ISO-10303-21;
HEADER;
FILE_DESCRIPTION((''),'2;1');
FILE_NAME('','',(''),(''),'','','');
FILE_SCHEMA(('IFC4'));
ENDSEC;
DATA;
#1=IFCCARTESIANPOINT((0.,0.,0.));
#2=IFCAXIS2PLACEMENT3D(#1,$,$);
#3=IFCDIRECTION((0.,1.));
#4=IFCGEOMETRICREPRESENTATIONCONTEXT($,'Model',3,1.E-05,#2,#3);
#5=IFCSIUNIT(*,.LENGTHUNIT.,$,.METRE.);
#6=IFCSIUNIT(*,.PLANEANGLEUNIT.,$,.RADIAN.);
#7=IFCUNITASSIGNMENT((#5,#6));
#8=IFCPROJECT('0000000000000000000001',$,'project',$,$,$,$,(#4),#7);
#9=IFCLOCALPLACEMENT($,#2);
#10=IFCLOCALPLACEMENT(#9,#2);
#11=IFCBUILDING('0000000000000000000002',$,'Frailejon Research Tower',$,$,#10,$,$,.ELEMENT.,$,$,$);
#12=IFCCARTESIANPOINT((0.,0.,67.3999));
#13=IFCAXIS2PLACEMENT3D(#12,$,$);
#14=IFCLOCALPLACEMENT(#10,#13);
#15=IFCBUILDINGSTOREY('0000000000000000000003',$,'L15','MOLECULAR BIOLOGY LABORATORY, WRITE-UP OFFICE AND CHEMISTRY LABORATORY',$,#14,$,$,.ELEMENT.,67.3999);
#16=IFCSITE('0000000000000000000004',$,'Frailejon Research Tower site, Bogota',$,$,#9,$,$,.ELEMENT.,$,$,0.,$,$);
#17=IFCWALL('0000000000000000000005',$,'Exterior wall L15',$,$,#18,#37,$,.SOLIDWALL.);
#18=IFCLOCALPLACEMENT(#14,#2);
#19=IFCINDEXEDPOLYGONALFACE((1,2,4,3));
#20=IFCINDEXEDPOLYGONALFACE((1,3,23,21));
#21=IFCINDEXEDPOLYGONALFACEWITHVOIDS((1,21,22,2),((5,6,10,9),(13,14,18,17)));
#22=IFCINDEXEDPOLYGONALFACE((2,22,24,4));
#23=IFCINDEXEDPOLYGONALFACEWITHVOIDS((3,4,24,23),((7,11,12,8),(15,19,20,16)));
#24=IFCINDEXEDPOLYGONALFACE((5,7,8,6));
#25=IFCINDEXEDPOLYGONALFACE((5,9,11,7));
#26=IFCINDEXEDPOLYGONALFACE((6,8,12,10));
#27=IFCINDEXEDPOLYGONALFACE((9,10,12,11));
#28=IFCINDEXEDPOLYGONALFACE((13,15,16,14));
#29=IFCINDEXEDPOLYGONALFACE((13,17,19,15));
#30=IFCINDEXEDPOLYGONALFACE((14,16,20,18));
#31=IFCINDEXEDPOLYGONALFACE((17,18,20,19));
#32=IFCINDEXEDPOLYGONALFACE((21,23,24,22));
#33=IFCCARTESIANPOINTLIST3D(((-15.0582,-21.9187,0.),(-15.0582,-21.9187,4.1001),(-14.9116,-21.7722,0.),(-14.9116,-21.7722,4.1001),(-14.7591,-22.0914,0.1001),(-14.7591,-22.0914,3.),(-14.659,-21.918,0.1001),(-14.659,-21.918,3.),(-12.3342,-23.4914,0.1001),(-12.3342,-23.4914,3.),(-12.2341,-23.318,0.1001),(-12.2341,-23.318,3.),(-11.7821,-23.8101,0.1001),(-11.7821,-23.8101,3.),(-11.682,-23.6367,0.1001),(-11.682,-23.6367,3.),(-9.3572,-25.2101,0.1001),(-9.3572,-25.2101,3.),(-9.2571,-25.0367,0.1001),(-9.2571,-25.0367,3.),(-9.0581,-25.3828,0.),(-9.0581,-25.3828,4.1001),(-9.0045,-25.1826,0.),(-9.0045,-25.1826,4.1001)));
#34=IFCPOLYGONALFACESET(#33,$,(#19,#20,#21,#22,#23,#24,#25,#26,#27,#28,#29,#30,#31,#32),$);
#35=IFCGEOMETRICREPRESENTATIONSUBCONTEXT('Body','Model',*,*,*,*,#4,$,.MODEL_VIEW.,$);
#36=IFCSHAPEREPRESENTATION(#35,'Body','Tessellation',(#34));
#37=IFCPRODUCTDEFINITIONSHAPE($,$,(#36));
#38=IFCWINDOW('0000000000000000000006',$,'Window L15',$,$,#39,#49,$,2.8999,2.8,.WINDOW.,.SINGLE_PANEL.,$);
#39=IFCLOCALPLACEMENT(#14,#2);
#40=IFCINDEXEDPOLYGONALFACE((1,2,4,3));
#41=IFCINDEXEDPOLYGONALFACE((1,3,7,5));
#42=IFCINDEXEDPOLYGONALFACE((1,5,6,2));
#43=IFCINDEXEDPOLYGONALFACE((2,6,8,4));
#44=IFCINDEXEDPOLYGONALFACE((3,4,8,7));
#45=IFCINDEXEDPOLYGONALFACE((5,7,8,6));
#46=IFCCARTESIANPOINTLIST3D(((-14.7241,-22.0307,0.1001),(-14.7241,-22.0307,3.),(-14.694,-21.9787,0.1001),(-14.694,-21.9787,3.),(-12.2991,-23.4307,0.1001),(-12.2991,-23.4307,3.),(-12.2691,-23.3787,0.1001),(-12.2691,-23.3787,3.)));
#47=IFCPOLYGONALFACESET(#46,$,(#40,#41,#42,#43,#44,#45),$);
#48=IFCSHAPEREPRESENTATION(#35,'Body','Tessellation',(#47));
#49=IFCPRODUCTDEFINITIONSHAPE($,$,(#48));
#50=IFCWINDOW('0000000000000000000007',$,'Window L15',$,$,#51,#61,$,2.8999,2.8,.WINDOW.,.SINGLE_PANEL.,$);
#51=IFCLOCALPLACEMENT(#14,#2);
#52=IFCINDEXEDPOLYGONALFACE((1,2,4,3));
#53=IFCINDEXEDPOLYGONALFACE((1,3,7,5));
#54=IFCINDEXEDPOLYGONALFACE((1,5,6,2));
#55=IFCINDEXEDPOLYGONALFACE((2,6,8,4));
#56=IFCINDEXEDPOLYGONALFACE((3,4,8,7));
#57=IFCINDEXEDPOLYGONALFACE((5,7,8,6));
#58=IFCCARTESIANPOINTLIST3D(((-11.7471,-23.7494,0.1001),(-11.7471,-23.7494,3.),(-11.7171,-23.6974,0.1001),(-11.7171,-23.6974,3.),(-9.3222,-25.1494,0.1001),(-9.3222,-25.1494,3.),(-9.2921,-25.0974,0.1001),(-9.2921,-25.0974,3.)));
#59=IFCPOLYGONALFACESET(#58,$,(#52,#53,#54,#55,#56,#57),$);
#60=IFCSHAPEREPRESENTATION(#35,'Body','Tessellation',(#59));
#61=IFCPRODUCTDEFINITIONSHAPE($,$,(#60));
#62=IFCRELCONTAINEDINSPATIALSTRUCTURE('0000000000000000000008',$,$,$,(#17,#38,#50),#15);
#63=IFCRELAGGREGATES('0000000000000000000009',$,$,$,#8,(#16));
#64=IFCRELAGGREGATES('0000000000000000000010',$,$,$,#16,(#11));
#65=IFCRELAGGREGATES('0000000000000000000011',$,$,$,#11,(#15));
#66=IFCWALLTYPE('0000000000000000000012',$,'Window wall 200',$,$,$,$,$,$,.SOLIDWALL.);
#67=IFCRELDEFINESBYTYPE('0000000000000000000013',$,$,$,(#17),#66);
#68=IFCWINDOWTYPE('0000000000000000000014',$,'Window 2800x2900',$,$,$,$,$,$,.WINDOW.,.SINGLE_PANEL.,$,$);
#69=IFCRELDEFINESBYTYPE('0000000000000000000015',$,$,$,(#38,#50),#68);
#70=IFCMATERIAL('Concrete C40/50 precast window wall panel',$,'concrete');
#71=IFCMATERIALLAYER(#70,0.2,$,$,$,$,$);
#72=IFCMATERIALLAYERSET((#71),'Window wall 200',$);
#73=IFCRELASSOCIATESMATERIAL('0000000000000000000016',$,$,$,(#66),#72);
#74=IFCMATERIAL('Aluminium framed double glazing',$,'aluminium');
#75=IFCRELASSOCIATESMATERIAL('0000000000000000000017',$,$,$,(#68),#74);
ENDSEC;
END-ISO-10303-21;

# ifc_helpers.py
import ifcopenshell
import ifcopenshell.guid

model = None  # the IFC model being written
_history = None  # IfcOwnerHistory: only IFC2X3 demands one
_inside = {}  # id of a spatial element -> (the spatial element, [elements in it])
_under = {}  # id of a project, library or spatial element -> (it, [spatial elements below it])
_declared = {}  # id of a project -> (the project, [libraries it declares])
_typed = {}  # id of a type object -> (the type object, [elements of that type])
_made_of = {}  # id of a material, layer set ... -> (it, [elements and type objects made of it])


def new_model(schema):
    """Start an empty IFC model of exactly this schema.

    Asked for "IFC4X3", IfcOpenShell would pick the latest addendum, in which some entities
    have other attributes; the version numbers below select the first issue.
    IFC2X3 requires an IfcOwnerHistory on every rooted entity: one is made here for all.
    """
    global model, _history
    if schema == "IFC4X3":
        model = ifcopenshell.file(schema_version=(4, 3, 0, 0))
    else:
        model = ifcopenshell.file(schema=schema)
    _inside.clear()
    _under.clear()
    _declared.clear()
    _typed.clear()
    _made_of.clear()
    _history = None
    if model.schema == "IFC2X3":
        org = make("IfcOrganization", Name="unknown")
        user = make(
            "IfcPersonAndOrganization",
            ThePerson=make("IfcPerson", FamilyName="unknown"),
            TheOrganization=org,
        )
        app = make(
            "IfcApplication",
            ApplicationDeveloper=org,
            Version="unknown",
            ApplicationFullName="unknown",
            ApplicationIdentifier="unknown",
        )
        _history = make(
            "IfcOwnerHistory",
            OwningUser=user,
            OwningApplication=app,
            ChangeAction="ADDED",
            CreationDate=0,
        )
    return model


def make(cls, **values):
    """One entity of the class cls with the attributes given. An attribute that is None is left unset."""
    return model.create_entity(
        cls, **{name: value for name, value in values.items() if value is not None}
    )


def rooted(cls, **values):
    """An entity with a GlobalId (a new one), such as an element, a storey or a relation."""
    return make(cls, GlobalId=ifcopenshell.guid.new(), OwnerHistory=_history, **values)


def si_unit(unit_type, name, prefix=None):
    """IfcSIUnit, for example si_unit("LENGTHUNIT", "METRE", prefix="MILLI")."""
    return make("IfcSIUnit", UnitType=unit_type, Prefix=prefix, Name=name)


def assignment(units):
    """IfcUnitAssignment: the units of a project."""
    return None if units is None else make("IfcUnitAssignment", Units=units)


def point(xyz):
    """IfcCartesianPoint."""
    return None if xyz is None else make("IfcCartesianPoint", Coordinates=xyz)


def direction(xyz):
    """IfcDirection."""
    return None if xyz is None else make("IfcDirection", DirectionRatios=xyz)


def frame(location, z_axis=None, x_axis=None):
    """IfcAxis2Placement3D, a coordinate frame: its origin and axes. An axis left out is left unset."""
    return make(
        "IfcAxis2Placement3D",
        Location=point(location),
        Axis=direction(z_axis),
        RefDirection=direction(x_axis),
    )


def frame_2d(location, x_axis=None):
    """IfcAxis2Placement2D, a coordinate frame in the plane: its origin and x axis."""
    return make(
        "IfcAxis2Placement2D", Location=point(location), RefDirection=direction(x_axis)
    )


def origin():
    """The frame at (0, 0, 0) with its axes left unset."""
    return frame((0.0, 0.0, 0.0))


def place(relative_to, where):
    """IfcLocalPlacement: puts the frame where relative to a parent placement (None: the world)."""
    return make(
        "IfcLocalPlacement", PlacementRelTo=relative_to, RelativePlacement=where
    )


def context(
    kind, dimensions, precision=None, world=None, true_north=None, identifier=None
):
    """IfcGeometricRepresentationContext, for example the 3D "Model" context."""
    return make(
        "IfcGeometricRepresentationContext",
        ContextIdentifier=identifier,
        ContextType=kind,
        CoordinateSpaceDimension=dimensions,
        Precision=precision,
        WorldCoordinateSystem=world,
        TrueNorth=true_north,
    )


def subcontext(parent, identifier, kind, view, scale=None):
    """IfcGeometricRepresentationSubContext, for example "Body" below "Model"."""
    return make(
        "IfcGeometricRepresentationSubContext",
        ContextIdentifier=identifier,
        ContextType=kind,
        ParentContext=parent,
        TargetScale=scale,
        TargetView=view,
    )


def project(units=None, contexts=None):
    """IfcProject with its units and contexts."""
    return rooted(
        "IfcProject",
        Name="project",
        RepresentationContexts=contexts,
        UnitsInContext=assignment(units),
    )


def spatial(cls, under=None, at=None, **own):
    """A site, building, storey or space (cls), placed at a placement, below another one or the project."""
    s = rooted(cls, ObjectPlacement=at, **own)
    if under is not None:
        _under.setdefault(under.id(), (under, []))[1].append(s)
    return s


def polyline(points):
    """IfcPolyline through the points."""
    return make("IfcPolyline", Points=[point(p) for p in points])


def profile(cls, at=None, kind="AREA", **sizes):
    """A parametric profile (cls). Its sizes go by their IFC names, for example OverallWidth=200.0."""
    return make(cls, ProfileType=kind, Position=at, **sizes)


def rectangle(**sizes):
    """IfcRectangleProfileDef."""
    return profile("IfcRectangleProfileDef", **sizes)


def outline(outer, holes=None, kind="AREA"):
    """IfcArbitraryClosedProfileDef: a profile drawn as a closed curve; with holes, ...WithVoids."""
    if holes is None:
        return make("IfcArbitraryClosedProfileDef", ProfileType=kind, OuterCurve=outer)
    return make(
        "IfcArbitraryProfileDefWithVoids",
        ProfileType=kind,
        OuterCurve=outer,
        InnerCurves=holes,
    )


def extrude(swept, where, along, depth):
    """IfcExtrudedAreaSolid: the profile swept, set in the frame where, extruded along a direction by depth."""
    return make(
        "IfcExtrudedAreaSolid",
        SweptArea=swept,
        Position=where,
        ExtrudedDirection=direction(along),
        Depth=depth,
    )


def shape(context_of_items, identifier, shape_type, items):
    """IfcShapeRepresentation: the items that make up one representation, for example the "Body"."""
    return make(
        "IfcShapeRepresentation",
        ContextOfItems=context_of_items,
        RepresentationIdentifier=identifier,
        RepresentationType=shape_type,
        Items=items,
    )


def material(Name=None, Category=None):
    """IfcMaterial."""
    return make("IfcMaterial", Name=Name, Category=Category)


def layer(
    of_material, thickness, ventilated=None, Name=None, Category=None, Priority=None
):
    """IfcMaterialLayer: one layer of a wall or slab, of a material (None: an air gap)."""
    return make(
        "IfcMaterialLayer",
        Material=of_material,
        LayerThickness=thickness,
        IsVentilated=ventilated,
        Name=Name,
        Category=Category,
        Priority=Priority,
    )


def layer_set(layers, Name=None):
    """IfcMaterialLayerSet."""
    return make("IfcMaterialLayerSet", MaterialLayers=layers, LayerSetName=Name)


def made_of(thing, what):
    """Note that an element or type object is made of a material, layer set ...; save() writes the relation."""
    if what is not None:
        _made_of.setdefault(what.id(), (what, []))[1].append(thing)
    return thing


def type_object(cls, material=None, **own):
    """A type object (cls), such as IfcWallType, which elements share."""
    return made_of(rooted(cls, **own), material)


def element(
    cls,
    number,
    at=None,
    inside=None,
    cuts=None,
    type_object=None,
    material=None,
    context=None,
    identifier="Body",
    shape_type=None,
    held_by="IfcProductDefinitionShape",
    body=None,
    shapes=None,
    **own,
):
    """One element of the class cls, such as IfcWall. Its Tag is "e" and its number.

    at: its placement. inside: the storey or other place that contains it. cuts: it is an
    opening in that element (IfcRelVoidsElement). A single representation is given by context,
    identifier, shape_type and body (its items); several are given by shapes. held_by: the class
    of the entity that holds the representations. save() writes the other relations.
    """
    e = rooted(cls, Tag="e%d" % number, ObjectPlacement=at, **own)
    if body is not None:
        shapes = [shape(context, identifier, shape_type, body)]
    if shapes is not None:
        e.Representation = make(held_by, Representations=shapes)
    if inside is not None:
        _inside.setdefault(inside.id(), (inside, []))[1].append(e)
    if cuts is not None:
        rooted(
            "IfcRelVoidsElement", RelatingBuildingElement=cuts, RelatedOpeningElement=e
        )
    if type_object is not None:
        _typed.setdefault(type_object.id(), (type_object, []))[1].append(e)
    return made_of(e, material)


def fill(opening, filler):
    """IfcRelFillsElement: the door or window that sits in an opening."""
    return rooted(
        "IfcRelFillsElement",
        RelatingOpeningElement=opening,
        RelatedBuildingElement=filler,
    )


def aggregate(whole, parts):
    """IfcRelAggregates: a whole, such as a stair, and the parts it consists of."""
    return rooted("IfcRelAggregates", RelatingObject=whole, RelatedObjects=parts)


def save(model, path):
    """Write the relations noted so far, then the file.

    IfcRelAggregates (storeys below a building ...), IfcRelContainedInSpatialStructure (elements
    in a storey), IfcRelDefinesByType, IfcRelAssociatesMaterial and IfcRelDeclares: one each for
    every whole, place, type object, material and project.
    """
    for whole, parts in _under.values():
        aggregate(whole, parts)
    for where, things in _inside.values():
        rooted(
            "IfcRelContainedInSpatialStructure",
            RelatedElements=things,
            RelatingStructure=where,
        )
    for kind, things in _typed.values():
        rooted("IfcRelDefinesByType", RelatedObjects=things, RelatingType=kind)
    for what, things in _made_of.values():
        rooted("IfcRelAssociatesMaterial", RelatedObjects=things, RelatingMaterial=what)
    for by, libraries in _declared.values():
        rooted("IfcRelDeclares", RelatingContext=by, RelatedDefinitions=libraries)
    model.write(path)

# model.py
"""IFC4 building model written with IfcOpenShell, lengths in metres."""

from ifc_helpers import new_model, si_unit, direction, frame, frame_2d, origin, place, context, subcontext, project, spatial, polyline, rectangle, outline, extrude, material, layer, layer_set, type_object, element, fill, save


model = new_model("IFC4")

# Units and contexts
model_context = context("Model", 3, precision=1e-05, world=origin(), true_north=direction((0.0, 1.0)))
body_context = subcontext(model_context, "Body", "Model", "MODEL_VIEW")
ifc_project = project(units=[si_unit("LENGTHUNIT", "METRE"), si_unit("PLANEANGLEUNIT", "RADIAN")], contexts=[model_context])

# Site, building, storey
site_placement = place(None, origin())
site = spatial("IfcSite", under=ifc_project, at=site_placement, Name="Frailejon Research Tower site, Bogota", CompositionType="ELEMENT", RefElevation=0.0)
building_placement = place(site_placement, origin())
building = spatial("IfcBuilding", under=site, at=building_placement, Name="Frailejon Research Tower", CompositionType="ELEMENT")
storey_placement = place(building_placement, frame((0.0, 0.0, 67.3999)))
storey = spatial("IfcBuildingStorey", under=building, at=storey_placement, Name="L15", Description="MOLECULAR BIOLOGY LABORATORY, WRITE-UP OFFICE AND CHEMISTRY LABORATORY", CompositionType="ELEMENT", Elevation=67.3999)

# Wall, openings, windows
ifc_material_1 = material(Name="Concrete C40/50 precast window wall panel", Category="concrete")
ifc_layer_1 = layer(ifc_material_1, 0.2)
ifc_layer_set_1 = layer_set([ifc_layer_1], Name="Window wall 200")
wall_type_1 = type_object("IfcWallType", Name="Window wall 200", PredefinedType="SOLIDWALL", material=ifc_layer_set_1)
wall_1_placement = place(storey_placement, frame((-14.9849, -21.8455, 0.0), z_axis=(0.0, 0.0, 1.0), x_axis=(0.866029, -0.499993, 0.0)))
wall_1 = element("IfcWall", 1, at=wall_1_placement, inside=storey, type_object=wall_type_1, Name="Exterior wall L15", PredefinedType="SOLIDWALL", context=body_context, shape_type="SweptSolid", body=[
    extrude(outline(polyline([(-0.0269, -0.1001), (1.1279, -0.1001), (2.2825, -0.1001), (3.4373, -0.1001), (4.592, -0.1001), (5.7466, -0.1001), (6.9014, -0.1001), (6.8477, 0.1001), (5.7109, 0.1001), (4.574, 0.1001), (3.4373, 0.1001), (2.3005, 0.1001), (1.1636, 0.1001), (0.0269, 0.1001), (-0.0269, -0.1001)])), origin(), (0.0, 0.0, 1.0), 4.1001),
])
opening_1_placement = place(wall_1_placement, frame((0.3186, 0.0, 0.1001)))
opening_1 = element("IfcOpeningElement", 2, at=opening_1_placement, cuts=wall_1, PredefinedType="OPENING", context=body_context, shape_type="SweptSolid", body=[
    extrude(rectangle(XDim=2.8, YDim=2.8999, at=frame_2d((1.3999, 1.45))), frame((0.0, 0.1099, 0.0), z_axis=(0.0, -1.0, 0.0), x_axis=(1.0, 0.0, 0.0)), (0.0, 0.0, 1.0), 0.22),
])
opening_2_placement = place(wall_1_placement, frame((3.7561, 0.0, 0.1001)))
opening_2 = element("IfcOpeningElement", 3, at=opening_2_placement, cuts=wall_1, PredefinedType="OPENING", context=body_context, shape_type="SweptSolid", body=[
    extrude(rectangle(XDim=2.8, YDim=2.8999, at=frame_2d((1.3999, 1.45))), frame((0.0, 0.1099, 0.0), z_axis=(0.0, -1.0, 0.0), x_axis=(1.0, 0.0, 0.0)), (0.0, 0.0, 1.0), 0.22),
])
ifc_material_2 = material(Name="Aluminium framed double glazing", Category="aluminium")
window_type = type_object("IfcWindowType", Name="Window 2800x2900", PartitioningType="SINGLE_PANEL", PredefinedType="WINDOW", material=ifc_material_2)
window_1_placement = place(opening_1_placement, origin())
window_1 = element("IfcWindow", 4, at=window_1_placement, inside=storey, type_object=window_type, Name="Window L15", OverallHeight=2.8999, OverallWidth=2.8, PartitioningType="SINGLE_PANEL", PredefinedType="WINDOW", context=body_context, shape_type="SweptSolid", body=[
    extrude(rectangle(XDim=2.8, YDim=2.8999, at=frame_2d((1.3999, 1.45))), frame((0.0, 0.03, 0.0), z_axis=(0.0, -1.0, 0.0), x_axis=(1.0, 0.0, 0.0)), (0.0, 0.0, 1.0), 0.0601),
])
fill(opening_1, window_1)
window_2_placement = place(opening_2_placement, origin())
window_2 = element("IfcWindow", 5, at=window_2_placement, inside=storey, type_object=window_type, Name="Window L15", OverallHeight=2.8999, OverallWidth=2.8, PartitioningType="SINGLE_PANEL", PredefinedType="WINDOW", context=body_context, shape_type="SweptSolid", body=[
    extrude(rectangle(XDim=2.8, YDim=2.8999, at=frame_2d((1.3999, 1.45))), frame((0.0, 0.03, 0.0), z_axis=(0.0, -1.0, 0.0), x_axis=(1.0, 0.0, 0.0)), (0.0, 0.0, 1.0), 0.0601),
])
fill(opening_2, window_2)

save(model, "model.ifc")
